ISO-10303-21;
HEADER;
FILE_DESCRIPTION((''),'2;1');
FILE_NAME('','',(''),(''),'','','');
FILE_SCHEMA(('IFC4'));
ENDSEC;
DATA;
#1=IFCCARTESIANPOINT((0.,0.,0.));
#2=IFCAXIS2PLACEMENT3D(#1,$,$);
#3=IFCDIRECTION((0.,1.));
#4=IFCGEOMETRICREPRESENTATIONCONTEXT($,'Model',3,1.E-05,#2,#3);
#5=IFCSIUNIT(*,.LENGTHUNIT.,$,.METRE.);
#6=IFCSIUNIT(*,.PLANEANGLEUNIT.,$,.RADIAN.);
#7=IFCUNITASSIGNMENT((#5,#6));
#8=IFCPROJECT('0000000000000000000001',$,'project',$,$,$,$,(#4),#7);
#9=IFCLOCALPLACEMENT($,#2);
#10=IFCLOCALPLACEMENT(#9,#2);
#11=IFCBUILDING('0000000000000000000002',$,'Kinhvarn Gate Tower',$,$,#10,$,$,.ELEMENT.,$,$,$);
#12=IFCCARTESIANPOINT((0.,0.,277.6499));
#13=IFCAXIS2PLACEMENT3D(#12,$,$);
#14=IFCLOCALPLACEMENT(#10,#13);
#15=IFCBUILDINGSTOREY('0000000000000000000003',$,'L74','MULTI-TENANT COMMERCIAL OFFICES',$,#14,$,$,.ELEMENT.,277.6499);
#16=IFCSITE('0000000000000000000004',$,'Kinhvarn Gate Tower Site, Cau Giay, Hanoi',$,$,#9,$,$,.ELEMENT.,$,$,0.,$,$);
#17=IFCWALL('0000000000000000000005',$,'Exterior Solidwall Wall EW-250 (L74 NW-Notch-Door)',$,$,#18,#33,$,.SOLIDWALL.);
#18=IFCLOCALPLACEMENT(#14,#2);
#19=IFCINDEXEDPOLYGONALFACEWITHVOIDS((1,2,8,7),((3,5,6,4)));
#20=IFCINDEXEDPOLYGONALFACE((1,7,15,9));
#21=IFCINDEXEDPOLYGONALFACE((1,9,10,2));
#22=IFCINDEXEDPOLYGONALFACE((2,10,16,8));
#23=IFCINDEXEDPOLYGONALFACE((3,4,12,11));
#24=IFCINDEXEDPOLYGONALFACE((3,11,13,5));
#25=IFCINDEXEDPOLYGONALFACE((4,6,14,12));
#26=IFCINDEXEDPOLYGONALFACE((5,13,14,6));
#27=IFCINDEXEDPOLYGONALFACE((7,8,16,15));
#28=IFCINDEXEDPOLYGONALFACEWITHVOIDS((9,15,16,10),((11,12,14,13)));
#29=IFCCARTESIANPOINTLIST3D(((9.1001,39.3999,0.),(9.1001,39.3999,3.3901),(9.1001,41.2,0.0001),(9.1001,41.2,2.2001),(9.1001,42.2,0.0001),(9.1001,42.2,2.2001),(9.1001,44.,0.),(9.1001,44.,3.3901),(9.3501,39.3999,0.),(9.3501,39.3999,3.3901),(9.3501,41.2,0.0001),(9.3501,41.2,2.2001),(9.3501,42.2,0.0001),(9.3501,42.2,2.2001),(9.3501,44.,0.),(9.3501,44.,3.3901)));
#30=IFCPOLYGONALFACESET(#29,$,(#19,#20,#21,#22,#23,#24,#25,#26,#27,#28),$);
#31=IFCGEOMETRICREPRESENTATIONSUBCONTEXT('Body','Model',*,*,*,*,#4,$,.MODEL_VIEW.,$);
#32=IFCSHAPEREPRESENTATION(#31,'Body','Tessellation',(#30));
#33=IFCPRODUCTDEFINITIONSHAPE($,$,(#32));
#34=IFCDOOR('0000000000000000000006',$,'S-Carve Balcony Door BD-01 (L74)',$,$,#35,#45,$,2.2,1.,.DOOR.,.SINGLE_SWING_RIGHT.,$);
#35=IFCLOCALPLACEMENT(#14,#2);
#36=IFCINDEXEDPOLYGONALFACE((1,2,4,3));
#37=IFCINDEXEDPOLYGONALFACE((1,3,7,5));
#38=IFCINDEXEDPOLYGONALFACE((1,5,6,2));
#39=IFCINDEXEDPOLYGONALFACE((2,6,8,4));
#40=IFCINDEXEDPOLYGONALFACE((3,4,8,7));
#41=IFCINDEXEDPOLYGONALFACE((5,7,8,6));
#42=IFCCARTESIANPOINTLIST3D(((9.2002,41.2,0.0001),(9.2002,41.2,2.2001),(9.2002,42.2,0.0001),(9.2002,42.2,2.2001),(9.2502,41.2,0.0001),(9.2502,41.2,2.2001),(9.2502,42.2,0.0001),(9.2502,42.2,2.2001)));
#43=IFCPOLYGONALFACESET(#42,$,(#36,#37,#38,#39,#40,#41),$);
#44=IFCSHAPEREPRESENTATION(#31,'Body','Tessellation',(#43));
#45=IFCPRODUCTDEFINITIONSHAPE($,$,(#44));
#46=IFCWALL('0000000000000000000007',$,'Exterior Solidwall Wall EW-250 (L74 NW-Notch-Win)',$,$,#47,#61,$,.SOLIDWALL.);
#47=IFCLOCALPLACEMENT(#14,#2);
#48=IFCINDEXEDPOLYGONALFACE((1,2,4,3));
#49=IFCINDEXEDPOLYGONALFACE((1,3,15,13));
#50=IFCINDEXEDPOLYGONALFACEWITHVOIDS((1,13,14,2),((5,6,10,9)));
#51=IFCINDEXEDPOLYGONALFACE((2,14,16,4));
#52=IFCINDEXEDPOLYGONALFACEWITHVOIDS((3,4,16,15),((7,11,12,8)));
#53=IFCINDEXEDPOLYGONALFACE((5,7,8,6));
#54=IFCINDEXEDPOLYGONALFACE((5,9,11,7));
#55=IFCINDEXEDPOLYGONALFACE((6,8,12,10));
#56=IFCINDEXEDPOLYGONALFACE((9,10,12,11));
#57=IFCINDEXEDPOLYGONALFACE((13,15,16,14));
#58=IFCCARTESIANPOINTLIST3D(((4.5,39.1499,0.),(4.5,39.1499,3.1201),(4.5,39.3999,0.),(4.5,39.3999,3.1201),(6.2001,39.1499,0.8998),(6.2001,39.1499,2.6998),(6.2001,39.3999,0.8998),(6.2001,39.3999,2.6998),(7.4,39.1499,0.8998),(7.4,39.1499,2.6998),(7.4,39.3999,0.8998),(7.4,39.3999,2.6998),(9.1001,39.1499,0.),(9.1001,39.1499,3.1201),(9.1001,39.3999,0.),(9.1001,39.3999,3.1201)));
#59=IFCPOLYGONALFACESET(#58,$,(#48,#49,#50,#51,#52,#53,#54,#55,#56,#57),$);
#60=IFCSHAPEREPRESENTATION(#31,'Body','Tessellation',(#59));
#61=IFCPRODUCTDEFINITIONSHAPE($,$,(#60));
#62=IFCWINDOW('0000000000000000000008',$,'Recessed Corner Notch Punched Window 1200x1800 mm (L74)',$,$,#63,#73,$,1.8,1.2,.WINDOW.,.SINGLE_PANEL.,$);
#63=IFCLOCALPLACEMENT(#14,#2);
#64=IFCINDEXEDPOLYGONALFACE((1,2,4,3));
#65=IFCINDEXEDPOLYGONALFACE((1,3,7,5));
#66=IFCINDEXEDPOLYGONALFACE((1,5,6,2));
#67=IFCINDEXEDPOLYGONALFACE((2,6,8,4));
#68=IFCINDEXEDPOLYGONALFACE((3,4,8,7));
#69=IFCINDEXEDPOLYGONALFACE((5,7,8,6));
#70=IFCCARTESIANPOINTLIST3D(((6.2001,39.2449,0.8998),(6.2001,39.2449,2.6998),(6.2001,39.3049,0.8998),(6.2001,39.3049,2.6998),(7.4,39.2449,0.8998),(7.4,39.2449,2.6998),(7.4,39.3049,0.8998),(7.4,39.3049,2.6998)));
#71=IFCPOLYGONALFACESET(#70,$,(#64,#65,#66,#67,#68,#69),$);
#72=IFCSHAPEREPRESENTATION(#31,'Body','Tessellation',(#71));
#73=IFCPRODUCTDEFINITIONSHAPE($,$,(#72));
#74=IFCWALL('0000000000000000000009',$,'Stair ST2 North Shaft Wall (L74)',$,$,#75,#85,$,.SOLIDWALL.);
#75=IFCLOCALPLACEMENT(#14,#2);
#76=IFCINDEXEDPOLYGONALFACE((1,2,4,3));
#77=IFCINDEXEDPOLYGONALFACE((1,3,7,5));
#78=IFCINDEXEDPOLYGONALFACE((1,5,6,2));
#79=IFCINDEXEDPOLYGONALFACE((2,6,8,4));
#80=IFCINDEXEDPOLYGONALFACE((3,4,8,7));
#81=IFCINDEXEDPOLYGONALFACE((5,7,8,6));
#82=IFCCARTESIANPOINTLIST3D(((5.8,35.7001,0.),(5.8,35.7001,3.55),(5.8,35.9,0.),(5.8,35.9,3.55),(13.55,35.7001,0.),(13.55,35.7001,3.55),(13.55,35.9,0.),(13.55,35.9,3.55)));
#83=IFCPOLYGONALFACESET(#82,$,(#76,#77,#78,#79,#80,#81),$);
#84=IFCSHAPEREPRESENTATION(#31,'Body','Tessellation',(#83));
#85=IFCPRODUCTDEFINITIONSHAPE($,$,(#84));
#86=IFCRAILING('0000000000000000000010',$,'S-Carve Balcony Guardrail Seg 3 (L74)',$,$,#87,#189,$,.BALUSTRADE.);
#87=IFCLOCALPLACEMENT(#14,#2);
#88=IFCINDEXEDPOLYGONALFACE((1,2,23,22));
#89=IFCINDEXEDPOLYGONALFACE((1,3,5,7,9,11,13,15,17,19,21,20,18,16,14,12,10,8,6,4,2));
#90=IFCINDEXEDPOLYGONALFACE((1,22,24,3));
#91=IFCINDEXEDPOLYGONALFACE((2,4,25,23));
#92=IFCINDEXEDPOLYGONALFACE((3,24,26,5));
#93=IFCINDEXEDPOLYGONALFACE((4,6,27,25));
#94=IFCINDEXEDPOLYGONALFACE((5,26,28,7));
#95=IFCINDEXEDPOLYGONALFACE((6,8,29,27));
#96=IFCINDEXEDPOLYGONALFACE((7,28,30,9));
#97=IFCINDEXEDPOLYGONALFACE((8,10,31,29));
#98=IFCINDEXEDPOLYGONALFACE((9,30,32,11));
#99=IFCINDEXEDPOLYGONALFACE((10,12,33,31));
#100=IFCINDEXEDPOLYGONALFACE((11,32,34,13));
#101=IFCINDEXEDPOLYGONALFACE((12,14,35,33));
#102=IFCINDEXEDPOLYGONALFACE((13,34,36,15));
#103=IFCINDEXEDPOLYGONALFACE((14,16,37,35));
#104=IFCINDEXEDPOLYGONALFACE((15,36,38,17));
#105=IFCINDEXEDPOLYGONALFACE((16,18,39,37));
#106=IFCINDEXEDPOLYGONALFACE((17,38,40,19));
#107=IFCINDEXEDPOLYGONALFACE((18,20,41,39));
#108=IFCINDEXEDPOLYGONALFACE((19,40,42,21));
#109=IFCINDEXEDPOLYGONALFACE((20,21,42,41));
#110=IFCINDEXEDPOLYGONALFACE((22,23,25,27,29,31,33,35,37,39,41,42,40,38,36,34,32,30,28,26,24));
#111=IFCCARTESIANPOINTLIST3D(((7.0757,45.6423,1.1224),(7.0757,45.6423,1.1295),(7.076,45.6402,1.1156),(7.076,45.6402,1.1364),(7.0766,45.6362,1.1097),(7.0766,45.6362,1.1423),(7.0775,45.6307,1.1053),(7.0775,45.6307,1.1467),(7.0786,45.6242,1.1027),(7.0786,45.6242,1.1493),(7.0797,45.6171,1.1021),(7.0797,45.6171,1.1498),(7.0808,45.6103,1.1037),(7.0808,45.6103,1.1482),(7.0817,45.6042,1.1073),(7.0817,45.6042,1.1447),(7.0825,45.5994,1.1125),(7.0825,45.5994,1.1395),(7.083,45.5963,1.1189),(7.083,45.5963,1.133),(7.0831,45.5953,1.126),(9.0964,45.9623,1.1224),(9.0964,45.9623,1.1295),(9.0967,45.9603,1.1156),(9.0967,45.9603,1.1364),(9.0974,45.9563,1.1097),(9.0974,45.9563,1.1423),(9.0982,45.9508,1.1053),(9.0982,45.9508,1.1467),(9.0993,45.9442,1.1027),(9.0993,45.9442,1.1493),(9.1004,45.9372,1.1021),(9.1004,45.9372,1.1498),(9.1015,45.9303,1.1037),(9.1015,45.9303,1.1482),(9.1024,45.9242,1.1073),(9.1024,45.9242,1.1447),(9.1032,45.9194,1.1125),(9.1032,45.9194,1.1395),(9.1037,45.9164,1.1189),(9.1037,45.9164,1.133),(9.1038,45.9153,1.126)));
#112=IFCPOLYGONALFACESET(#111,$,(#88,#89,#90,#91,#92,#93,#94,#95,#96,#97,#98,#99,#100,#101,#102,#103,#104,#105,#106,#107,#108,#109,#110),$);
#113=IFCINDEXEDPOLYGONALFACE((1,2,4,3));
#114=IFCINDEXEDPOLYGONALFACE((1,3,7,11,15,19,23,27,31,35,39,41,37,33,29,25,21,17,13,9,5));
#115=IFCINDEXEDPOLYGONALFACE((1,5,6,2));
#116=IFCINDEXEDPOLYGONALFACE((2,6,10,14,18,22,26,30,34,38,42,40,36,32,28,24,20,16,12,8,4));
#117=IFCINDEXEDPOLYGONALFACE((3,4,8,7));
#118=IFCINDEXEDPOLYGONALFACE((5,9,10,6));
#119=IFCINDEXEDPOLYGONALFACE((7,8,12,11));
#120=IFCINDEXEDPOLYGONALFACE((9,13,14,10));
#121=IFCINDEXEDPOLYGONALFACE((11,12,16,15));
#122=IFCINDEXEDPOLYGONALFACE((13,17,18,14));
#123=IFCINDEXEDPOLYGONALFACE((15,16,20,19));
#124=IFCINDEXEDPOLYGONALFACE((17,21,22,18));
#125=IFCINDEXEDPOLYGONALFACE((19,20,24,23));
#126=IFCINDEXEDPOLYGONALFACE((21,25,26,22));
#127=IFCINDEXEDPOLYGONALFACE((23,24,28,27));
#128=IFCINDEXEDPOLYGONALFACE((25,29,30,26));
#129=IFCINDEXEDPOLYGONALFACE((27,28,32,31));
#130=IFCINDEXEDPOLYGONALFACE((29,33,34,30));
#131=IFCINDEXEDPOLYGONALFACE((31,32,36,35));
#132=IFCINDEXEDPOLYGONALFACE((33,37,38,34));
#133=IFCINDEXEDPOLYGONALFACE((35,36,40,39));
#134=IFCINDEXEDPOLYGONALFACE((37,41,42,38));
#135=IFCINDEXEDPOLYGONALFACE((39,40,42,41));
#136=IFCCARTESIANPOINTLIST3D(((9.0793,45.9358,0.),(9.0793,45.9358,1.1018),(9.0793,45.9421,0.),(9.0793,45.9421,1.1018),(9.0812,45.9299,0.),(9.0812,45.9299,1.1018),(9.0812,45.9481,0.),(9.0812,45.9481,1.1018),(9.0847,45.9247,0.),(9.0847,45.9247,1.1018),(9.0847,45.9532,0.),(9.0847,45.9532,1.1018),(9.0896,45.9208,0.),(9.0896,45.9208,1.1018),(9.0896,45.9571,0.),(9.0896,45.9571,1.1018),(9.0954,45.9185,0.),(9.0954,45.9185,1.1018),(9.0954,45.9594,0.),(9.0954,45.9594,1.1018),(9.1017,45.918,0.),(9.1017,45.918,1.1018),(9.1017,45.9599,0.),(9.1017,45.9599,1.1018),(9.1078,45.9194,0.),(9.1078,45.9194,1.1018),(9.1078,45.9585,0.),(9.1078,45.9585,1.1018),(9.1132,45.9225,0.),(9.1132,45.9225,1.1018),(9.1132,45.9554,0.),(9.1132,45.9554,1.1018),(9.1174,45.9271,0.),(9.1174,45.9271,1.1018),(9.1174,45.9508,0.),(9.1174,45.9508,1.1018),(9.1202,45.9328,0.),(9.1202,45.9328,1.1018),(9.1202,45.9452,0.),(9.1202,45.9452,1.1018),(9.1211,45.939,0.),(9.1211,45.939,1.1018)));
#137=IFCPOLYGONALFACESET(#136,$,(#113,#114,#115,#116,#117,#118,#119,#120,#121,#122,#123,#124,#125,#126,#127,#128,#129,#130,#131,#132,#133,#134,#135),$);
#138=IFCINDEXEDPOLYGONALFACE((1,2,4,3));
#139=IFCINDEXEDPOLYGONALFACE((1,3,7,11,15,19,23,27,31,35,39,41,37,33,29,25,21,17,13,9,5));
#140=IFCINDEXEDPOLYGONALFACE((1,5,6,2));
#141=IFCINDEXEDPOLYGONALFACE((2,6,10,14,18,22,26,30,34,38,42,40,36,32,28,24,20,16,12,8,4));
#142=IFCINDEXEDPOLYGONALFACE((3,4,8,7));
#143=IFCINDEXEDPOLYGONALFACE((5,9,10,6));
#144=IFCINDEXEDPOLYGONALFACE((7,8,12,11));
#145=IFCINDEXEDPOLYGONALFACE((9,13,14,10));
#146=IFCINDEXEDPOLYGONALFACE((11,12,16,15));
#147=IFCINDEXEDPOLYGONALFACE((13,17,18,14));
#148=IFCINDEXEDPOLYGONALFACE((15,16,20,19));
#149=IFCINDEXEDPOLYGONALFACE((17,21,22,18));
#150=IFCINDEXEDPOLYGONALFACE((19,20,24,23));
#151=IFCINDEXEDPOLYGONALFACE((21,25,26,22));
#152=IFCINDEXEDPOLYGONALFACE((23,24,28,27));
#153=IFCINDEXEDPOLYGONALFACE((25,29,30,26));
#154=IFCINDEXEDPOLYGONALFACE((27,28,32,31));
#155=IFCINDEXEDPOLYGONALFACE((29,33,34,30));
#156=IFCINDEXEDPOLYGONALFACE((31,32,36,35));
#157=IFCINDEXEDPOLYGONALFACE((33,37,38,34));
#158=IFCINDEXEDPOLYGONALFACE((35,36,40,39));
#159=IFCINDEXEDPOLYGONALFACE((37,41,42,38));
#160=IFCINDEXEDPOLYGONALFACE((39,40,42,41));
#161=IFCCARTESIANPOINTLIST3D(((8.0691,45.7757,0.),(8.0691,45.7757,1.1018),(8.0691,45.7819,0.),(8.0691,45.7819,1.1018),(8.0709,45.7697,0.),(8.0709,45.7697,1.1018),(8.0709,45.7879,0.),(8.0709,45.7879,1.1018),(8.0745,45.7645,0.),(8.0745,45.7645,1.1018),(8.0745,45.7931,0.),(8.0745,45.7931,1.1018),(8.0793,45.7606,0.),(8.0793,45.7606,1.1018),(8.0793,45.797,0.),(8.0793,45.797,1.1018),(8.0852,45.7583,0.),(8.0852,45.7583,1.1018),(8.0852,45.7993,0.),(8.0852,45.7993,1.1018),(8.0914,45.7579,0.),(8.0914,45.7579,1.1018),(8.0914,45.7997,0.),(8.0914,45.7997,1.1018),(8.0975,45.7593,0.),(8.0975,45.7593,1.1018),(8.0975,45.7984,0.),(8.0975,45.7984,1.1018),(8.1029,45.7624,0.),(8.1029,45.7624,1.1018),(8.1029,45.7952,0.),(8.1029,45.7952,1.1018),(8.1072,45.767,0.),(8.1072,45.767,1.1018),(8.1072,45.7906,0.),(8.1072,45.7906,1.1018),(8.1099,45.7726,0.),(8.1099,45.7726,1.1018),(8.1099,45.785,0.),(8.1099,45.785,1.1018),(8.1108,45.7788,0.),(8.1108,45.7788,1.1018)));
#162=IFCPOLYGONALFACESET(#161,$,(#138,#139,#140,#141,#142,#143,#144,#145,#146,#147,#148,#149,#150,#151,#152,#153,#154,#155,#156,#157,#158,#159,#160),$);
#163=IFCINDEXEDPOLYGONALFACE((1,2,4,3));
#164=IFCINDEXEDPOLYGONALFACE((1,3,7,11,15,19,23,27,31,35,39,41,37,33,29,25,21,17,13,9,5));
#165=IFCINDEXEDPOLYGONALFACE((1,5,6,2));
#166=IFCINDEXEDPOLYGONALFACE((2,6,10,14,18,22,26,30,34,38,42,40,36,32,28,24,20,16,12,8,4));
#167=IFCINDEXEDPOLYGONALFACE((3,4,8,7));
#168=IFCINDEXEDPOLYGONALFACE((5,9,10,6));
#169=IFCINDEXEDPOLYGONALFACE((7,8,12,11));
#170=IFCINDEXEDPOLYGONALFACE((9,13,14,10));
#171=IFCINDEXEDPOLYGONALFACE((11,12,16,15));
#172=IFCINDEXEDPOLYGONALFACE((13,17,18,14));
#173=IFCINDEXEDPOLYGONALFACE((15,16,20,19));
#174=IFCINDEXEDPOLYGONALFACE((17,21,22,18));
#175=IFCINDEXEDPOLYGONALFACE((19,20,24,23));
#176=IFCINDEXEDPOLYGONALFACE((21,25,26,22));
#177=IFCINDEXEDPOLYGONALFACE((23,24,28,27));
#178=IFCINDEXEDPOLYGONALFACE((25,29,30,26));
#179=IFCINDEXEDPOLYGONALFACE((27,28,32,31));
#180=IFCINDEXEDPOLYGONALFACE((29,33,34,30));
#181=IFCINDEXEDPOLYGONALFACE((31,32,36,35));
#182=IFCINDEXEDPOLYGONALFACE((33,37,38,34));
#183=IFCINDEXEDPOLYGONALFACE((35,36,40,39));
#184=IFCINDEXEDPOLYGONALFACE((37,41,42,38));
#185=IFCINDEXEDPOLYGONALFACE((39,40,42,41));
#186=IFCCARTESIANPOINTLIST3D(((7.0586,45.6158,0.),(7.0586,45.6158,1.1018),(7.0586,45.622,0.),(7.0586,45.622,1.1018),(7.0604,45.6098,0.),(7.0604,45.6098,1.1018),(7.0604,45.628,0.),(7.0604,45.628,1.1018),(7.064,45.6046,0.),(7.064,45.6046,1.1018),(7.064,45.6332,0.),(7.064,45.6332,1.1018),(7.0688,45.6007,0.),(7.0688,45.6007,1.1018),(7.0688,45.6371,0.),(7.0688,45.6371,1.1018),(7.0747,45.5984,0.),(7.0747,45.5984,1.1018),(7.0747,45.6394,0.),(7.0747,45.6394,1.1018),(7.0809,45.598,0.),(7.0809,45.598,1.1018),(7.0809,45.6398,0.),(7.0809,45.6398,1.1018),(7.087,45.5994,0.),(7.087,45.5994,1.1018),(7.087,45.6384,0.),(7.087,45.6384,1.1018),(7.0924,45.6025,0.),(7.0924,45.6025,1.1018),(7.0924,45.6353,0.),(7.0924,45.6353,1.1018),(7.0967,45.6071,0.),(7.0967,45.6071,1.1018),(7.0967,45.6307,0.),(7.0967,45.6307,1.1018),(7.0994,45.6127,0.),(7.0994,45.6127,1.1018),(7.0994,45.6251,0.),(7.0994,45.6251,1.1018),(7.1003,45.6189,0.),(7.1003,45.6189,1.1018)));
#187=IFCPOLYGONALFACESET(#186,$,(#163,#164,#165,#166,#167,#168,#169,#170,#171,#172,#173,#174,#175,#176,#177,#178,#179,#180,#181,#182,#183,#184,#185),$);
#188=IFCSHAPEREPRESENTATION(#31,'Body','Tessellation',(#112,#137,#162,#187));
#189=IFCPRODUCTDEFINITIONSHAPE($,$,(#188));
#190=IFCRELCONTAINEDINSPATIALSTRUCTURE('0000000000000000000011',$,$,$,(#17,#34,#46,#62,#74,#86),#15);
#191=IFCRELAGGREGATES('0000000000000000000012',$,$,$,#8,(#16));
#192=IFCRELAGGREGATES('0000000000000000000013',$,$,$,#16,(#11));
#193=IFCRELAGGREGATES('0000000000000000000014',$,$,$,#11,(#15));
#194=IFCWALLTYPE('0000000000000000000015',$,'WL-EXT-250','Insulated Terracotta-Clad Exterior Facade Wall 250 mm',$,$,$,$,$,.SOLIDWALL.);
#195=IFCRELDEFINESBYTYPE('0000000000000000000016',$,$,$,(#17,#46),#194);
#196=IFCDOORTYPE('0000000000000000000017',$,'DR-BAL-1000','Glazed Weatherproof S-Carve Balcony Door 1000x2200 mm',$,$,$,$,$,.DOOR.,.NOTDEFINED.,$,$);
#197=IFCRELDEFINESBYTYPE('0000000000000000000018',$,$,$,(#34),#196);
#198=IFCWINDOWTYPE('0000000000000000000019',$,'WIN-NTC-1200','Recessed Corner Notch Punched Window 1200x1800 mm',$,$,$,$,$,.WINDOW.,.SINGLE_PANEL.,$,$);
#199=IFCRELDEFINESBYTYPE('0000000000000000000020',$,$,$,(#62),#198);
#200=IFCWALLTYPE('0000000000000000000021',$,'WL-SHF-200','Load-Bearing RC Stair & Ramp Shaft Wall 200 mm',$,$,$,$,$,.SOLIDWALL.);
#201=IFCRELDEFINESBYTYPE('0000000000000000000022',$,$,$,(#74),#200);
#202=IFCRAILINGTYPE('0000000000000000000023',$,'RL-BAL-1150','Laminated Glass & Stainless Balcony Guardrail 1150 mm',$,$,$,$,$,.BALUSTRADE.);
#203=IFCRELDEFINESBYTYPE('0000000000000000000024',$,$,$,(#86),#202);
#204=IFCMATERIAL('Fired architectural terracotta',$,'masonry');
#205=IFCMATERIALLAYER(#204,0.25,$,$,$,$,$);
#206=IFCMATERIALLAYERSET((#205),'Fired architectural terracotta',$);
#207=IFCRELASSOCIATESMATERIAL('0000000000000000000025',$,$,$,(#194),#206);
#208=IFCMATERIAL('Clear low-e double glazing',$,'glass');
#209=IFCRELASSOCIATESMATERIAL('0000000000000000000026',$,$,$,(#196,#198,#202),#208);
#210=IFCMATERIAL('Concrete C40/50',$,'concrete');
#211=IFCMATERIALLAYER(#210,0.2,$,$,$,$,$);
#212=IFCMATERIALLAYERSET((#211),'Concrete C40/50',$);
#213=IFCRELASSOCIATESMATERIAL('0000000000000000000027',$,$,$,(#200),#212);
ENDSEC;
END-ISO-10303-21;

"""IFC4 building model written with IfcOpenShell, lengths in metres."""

from ifc_helpers import new_model, si_unit, direction, frame, frame_2d, origin, origin_2d, place, context, subcontext, project, spatial, rectangle, circle, extrude, material, layer, layer_set, type_object, element, fill, save


model = new_model("IFC4")

# Units and contexts
model_context = context("Model", 3, precision=1e-05, world=origin(), true_north=direction((0.0, 1.0)))
body_context = subcontext(model_context, "Body", "Model", "MODEL_VIEW")
ifc_project = project(units=[si_unit("LENGTHUNIT", "METRE"), si_unit("PLANEANGLEUNIT", "RADIAN")], contexts=[model_context])

# Site, building, storey
site_placement = place(None, origin())
site = spatial("IfcSite", under=ifc_project, at=site_placement, Name="Kinhvarn Gate Tower Site, Cau Giay, Hanoi", CompositionType="ELEMENT", RefElevation=0.0)
building_placement = place(site_placement, origin())
building = spatial("IfcBuilding", under=site, at=building_placement, Name="Kinhvarn Gate Tower", CompositionType="ELEMENT")
storey_placement = place(building_placement, frame((0.0, 0.0, 277.6499)))
storey = spatial("IfcBuildingStorey", under=building, at=storey_placement, Name="L74", Description="MULTI-TENANT COMMERCIAL OFFICES", CompositionType="ELEMENT", Elevation=277.6499)

# Shared definitions
ifc_material_1 = material(Name="Fired architectural terracotta", Category="masonry")
ifc_layer_1 = layer(ifc_material_1, 0.25)
ifc_layer_set_1 = layer_set([ifc_layer_1], Name="Fired architectural terracotta")
wall_type_1 = type_object("IfcWallType", Name="WL-EXT-250", Description="Insulated Terracotta-Clad Exterior Facade Wall 250 mm", PredefinedType="SOLIDWALL", material=ifc_layer_set_1)

# Wall, opening, door
wall_1_placement = place(storey_placement, frame((9.2251, 44.0, 0.0), z_axis=(0.0, 0.0, 1.0), x_axis=(0.0, -1.0, 0.0)))
wall_1 = element("IfcWall", 1, at=wall_1_placement, inside=storey, type_object=wall_type_1, Name="Exterior Solidwall Wall EW-250 (L74 NW-Notch-Door)", PredefinedType="SOLIDWALL", context=body_context, shape_type="SweptSolid", body=[
    extrude(rectangle(XDim=4.6001, YDim=0.25, at=frame_2d((2.3, 0.0))), origin(), (0.0, 0.0, 1.0), 3.3901),
])
opening_1_placement = place(wall_1_placement, frame((1.8, 0.0, 0.0)))
opening_1 = element("IfcOpeningElement", 2, at=opening_1_placement, cuts=wall_1, PredefinedType="OPENING", context=body_context, shape_type="SweptSolid", body=[
    extrude(rectangle(XDim=1.0, YDim=2.2, at=frame_2d((0.5, 1.1001))), frame((0.0, 0.135, 0.0), z_axis=(0.0, -1.0, 0.0), x_axis=(1.0, 0.0, 0.0)), (0.0, 0.0, 1.0), 0.27),
])
ifc_material_2 = material(Name="Clear low-e double glazing", Category="glass")
door_type = type_object("IfcDoorType", Name="DR-BAL-1000", Description="Glazed Weatherproof S-Carve Balcony Door 1000x2200 mm", OperationType="NOTDEFINED", PredefinedType="DOOR", material=ifc_material_2)
door_placement = place(opening_1_placement, frame((1.0, 0.0, 0.0), z_axis=(0.0, 0.0, 1.0), x_axis=(-1.0, 0.0, 0.0)))
door = element("IfcDoor", 3, at=door_placement, inside=storey, type_object=door_type, Name="S-Carve Balcony Door BD-01 (L74)", OperationType="SINGLE_SWING_RIGHT", OverallHeight=2.2, OverallWidth=1.0, PredefinedType="DOOR", context=body_context, shape_type="SweptSolid", body=[
    extrude(rectangle(XDim=1.0, YDim=2.2, at=frame_2d((0.5, 1.1001))), frame((0.0, 0.0249, 0.0), z_axis=(0.0, -1.0, 0.0), x_axis=(1.0, 0.0, 0.0)), (0.0, 0.0, 1.0), 0.05),
])
fill(opening_1, door)

# Wall, opening, window
wall_2_placement = place(storey_placement, frame((9.1001, 39.2749, 0.0), z_axis=(0.0, 0.0, 1.0), x_axis=(-1.0, 0.0, 0.0)))
wall_2 = element("IfcWall", 4, at=wall_2_placement, inside=storey, type_object=wall_type_1, Name="Exterior Solidwall Wall EW-250 (L74 NW-Notch-Win)", PredefinedType="SOLIDWALL", context=body_context, shape_type="SweptSolid", body=[
    extrude(rectangle(XDim=4.6001, YDim=0.25, at=frame_2d((2.3, 0.0))), origin(), (0.0, 0.0, 1.0), 3.1201),
])
opening_2_placement = place(wall_2_placement, frame((1.7, 0.0, 0.8999)))
opening_2 = element("IfcOpeningElement", 5, at=opening_2_placement, cuts=wall_2, PredefinedType="OPENING", context=body_context, shape_type="SweptSolid", body=[
    extrude(rectangle(XDim=1.2, YDim=1.8, at=frame_2d((0.6001, 0.8999))), frame((0.0, 0.135, 0.0), z_axis=(0.0, -1.0, 0.0), x_axis=(1.0, 0.0, 0.0)), (0.0, 0.0, 1.0), 0.27),
])
window_type = type_object("IfcWindowType", Name="WIN-NTC-1200", Description="Recessed Corner Notch Punched Window 1200x1800 mm", PartitioningType="SINGLE_PANEL", PredefinedType="WINDOW", material=ifc_material_2)
window_placement = place(opening_2_placement, origin())
window = element("IfcWindow", 6, at=window_placement, inside=storey, type_object=window_type, Name="Recessed Corner Notch Punched Window 1200x1800 mm (L74)", OverallHeight=1.8, OverallWidth=1.2, PartitioningType="SINGLE_PANEL", PredefinedType="WINDOW", context=body_context, shape_type="SweptSolid", body=[
    extrude(rectangle(XDim=1.2, YDim=1.8, at=frame_2d((0.6001, 0.8999))), frame((0.0, 0.03, 0.0), z_axis=(0.0, -1.0, 0.0), x_axis=(1.0, 0.0, 0.0)), (0.0, 0.0, 1.0), 0.0601),
])
fill(opening_2, window)

# Wall
ifc_material_3 = material(Name="Concrete C40/50", Category="concrete")
ifc_layer_2 = layer(ifc_material_3, 0.2)
ifc_layer_set_2 = layer_set([ifc_layer_2], Name="Concrete C40/50")
wall_type_2 = type_object("IfcWallType", Name="WL-SHF-200", Description="Load-Bearing RC Stair & Ramp Shaft Wall 200 mm", PredefinedType="SOLIDWALL", material=ifc_layer_set_2)
wall_3_placement = place(storey_placement, frame((5.8, 35.8, 0.0), z_axis=(0.0, 0.0, 1.0), x_axis=(1.0, 0.0, 0.0)))
element("IfcWall", 7, at=wall_3_placement, inside=storey, type_object=wall_type_2, Name="Stair ST2 North Shaft Wall (L74)", PredefinedType="SOLIDWALL", context=body_context, shape_type="SweptSolid", body=[
    extrude(rectangle(XDim=7.75, YDim=0.2, at=frame_2d((3.875, 0.0))), origin(), (0.0, 0.0, 1.0), 3.55),
])

# Railing
railing_type = type_object("IfcRailingType", Name="RL-BAL-1150", Description="Laminated Glass & Stainless Balcony Guardrail 1150 mm", PredefinedType="BALUSTRADE", material=ifc_material_2)
railing_1_placement = place(storey_placement, frame((9.1001, 45.939, 0.0)))
element("IfcRailing", 8, at=railing_1_placement, inside=storey, type_object=railing_type, Name="S-Carve Balcony Guardrail Seg 3 (L74)", PredefinedType="BALUSTRADE", context=body_context, shape_type="SweptSolid", body=[
    extrude(circle(Radius=0.0239, at=origin_2d()), frame((0.0, 0.0, 1.126), z_axis=(-0.987687, -0.156441, 0.0), x_axis=(0.156441, -0.987687, 0.0)), (0.0, 0.0, 1.0), 2.0459),
    extrude(circle(Radius=0.021, at=origin_2d()), origin(), (0.0, 0.0, 1.0), 1.1018),
    extrude(circle(Radius=0.021, at=origin_2d()), frame((-1.0103, -0.1602, 0.0)), (0.0, 0.0, 1.0), 1.1018),
    extrude(circle(Radius=0.021, at=origin_2d()), frame((-2.0208, -0.3201, 0.0)), (0.0, 0.0, 1.0), 1.1018),
])

save(model, "model.ifc")
